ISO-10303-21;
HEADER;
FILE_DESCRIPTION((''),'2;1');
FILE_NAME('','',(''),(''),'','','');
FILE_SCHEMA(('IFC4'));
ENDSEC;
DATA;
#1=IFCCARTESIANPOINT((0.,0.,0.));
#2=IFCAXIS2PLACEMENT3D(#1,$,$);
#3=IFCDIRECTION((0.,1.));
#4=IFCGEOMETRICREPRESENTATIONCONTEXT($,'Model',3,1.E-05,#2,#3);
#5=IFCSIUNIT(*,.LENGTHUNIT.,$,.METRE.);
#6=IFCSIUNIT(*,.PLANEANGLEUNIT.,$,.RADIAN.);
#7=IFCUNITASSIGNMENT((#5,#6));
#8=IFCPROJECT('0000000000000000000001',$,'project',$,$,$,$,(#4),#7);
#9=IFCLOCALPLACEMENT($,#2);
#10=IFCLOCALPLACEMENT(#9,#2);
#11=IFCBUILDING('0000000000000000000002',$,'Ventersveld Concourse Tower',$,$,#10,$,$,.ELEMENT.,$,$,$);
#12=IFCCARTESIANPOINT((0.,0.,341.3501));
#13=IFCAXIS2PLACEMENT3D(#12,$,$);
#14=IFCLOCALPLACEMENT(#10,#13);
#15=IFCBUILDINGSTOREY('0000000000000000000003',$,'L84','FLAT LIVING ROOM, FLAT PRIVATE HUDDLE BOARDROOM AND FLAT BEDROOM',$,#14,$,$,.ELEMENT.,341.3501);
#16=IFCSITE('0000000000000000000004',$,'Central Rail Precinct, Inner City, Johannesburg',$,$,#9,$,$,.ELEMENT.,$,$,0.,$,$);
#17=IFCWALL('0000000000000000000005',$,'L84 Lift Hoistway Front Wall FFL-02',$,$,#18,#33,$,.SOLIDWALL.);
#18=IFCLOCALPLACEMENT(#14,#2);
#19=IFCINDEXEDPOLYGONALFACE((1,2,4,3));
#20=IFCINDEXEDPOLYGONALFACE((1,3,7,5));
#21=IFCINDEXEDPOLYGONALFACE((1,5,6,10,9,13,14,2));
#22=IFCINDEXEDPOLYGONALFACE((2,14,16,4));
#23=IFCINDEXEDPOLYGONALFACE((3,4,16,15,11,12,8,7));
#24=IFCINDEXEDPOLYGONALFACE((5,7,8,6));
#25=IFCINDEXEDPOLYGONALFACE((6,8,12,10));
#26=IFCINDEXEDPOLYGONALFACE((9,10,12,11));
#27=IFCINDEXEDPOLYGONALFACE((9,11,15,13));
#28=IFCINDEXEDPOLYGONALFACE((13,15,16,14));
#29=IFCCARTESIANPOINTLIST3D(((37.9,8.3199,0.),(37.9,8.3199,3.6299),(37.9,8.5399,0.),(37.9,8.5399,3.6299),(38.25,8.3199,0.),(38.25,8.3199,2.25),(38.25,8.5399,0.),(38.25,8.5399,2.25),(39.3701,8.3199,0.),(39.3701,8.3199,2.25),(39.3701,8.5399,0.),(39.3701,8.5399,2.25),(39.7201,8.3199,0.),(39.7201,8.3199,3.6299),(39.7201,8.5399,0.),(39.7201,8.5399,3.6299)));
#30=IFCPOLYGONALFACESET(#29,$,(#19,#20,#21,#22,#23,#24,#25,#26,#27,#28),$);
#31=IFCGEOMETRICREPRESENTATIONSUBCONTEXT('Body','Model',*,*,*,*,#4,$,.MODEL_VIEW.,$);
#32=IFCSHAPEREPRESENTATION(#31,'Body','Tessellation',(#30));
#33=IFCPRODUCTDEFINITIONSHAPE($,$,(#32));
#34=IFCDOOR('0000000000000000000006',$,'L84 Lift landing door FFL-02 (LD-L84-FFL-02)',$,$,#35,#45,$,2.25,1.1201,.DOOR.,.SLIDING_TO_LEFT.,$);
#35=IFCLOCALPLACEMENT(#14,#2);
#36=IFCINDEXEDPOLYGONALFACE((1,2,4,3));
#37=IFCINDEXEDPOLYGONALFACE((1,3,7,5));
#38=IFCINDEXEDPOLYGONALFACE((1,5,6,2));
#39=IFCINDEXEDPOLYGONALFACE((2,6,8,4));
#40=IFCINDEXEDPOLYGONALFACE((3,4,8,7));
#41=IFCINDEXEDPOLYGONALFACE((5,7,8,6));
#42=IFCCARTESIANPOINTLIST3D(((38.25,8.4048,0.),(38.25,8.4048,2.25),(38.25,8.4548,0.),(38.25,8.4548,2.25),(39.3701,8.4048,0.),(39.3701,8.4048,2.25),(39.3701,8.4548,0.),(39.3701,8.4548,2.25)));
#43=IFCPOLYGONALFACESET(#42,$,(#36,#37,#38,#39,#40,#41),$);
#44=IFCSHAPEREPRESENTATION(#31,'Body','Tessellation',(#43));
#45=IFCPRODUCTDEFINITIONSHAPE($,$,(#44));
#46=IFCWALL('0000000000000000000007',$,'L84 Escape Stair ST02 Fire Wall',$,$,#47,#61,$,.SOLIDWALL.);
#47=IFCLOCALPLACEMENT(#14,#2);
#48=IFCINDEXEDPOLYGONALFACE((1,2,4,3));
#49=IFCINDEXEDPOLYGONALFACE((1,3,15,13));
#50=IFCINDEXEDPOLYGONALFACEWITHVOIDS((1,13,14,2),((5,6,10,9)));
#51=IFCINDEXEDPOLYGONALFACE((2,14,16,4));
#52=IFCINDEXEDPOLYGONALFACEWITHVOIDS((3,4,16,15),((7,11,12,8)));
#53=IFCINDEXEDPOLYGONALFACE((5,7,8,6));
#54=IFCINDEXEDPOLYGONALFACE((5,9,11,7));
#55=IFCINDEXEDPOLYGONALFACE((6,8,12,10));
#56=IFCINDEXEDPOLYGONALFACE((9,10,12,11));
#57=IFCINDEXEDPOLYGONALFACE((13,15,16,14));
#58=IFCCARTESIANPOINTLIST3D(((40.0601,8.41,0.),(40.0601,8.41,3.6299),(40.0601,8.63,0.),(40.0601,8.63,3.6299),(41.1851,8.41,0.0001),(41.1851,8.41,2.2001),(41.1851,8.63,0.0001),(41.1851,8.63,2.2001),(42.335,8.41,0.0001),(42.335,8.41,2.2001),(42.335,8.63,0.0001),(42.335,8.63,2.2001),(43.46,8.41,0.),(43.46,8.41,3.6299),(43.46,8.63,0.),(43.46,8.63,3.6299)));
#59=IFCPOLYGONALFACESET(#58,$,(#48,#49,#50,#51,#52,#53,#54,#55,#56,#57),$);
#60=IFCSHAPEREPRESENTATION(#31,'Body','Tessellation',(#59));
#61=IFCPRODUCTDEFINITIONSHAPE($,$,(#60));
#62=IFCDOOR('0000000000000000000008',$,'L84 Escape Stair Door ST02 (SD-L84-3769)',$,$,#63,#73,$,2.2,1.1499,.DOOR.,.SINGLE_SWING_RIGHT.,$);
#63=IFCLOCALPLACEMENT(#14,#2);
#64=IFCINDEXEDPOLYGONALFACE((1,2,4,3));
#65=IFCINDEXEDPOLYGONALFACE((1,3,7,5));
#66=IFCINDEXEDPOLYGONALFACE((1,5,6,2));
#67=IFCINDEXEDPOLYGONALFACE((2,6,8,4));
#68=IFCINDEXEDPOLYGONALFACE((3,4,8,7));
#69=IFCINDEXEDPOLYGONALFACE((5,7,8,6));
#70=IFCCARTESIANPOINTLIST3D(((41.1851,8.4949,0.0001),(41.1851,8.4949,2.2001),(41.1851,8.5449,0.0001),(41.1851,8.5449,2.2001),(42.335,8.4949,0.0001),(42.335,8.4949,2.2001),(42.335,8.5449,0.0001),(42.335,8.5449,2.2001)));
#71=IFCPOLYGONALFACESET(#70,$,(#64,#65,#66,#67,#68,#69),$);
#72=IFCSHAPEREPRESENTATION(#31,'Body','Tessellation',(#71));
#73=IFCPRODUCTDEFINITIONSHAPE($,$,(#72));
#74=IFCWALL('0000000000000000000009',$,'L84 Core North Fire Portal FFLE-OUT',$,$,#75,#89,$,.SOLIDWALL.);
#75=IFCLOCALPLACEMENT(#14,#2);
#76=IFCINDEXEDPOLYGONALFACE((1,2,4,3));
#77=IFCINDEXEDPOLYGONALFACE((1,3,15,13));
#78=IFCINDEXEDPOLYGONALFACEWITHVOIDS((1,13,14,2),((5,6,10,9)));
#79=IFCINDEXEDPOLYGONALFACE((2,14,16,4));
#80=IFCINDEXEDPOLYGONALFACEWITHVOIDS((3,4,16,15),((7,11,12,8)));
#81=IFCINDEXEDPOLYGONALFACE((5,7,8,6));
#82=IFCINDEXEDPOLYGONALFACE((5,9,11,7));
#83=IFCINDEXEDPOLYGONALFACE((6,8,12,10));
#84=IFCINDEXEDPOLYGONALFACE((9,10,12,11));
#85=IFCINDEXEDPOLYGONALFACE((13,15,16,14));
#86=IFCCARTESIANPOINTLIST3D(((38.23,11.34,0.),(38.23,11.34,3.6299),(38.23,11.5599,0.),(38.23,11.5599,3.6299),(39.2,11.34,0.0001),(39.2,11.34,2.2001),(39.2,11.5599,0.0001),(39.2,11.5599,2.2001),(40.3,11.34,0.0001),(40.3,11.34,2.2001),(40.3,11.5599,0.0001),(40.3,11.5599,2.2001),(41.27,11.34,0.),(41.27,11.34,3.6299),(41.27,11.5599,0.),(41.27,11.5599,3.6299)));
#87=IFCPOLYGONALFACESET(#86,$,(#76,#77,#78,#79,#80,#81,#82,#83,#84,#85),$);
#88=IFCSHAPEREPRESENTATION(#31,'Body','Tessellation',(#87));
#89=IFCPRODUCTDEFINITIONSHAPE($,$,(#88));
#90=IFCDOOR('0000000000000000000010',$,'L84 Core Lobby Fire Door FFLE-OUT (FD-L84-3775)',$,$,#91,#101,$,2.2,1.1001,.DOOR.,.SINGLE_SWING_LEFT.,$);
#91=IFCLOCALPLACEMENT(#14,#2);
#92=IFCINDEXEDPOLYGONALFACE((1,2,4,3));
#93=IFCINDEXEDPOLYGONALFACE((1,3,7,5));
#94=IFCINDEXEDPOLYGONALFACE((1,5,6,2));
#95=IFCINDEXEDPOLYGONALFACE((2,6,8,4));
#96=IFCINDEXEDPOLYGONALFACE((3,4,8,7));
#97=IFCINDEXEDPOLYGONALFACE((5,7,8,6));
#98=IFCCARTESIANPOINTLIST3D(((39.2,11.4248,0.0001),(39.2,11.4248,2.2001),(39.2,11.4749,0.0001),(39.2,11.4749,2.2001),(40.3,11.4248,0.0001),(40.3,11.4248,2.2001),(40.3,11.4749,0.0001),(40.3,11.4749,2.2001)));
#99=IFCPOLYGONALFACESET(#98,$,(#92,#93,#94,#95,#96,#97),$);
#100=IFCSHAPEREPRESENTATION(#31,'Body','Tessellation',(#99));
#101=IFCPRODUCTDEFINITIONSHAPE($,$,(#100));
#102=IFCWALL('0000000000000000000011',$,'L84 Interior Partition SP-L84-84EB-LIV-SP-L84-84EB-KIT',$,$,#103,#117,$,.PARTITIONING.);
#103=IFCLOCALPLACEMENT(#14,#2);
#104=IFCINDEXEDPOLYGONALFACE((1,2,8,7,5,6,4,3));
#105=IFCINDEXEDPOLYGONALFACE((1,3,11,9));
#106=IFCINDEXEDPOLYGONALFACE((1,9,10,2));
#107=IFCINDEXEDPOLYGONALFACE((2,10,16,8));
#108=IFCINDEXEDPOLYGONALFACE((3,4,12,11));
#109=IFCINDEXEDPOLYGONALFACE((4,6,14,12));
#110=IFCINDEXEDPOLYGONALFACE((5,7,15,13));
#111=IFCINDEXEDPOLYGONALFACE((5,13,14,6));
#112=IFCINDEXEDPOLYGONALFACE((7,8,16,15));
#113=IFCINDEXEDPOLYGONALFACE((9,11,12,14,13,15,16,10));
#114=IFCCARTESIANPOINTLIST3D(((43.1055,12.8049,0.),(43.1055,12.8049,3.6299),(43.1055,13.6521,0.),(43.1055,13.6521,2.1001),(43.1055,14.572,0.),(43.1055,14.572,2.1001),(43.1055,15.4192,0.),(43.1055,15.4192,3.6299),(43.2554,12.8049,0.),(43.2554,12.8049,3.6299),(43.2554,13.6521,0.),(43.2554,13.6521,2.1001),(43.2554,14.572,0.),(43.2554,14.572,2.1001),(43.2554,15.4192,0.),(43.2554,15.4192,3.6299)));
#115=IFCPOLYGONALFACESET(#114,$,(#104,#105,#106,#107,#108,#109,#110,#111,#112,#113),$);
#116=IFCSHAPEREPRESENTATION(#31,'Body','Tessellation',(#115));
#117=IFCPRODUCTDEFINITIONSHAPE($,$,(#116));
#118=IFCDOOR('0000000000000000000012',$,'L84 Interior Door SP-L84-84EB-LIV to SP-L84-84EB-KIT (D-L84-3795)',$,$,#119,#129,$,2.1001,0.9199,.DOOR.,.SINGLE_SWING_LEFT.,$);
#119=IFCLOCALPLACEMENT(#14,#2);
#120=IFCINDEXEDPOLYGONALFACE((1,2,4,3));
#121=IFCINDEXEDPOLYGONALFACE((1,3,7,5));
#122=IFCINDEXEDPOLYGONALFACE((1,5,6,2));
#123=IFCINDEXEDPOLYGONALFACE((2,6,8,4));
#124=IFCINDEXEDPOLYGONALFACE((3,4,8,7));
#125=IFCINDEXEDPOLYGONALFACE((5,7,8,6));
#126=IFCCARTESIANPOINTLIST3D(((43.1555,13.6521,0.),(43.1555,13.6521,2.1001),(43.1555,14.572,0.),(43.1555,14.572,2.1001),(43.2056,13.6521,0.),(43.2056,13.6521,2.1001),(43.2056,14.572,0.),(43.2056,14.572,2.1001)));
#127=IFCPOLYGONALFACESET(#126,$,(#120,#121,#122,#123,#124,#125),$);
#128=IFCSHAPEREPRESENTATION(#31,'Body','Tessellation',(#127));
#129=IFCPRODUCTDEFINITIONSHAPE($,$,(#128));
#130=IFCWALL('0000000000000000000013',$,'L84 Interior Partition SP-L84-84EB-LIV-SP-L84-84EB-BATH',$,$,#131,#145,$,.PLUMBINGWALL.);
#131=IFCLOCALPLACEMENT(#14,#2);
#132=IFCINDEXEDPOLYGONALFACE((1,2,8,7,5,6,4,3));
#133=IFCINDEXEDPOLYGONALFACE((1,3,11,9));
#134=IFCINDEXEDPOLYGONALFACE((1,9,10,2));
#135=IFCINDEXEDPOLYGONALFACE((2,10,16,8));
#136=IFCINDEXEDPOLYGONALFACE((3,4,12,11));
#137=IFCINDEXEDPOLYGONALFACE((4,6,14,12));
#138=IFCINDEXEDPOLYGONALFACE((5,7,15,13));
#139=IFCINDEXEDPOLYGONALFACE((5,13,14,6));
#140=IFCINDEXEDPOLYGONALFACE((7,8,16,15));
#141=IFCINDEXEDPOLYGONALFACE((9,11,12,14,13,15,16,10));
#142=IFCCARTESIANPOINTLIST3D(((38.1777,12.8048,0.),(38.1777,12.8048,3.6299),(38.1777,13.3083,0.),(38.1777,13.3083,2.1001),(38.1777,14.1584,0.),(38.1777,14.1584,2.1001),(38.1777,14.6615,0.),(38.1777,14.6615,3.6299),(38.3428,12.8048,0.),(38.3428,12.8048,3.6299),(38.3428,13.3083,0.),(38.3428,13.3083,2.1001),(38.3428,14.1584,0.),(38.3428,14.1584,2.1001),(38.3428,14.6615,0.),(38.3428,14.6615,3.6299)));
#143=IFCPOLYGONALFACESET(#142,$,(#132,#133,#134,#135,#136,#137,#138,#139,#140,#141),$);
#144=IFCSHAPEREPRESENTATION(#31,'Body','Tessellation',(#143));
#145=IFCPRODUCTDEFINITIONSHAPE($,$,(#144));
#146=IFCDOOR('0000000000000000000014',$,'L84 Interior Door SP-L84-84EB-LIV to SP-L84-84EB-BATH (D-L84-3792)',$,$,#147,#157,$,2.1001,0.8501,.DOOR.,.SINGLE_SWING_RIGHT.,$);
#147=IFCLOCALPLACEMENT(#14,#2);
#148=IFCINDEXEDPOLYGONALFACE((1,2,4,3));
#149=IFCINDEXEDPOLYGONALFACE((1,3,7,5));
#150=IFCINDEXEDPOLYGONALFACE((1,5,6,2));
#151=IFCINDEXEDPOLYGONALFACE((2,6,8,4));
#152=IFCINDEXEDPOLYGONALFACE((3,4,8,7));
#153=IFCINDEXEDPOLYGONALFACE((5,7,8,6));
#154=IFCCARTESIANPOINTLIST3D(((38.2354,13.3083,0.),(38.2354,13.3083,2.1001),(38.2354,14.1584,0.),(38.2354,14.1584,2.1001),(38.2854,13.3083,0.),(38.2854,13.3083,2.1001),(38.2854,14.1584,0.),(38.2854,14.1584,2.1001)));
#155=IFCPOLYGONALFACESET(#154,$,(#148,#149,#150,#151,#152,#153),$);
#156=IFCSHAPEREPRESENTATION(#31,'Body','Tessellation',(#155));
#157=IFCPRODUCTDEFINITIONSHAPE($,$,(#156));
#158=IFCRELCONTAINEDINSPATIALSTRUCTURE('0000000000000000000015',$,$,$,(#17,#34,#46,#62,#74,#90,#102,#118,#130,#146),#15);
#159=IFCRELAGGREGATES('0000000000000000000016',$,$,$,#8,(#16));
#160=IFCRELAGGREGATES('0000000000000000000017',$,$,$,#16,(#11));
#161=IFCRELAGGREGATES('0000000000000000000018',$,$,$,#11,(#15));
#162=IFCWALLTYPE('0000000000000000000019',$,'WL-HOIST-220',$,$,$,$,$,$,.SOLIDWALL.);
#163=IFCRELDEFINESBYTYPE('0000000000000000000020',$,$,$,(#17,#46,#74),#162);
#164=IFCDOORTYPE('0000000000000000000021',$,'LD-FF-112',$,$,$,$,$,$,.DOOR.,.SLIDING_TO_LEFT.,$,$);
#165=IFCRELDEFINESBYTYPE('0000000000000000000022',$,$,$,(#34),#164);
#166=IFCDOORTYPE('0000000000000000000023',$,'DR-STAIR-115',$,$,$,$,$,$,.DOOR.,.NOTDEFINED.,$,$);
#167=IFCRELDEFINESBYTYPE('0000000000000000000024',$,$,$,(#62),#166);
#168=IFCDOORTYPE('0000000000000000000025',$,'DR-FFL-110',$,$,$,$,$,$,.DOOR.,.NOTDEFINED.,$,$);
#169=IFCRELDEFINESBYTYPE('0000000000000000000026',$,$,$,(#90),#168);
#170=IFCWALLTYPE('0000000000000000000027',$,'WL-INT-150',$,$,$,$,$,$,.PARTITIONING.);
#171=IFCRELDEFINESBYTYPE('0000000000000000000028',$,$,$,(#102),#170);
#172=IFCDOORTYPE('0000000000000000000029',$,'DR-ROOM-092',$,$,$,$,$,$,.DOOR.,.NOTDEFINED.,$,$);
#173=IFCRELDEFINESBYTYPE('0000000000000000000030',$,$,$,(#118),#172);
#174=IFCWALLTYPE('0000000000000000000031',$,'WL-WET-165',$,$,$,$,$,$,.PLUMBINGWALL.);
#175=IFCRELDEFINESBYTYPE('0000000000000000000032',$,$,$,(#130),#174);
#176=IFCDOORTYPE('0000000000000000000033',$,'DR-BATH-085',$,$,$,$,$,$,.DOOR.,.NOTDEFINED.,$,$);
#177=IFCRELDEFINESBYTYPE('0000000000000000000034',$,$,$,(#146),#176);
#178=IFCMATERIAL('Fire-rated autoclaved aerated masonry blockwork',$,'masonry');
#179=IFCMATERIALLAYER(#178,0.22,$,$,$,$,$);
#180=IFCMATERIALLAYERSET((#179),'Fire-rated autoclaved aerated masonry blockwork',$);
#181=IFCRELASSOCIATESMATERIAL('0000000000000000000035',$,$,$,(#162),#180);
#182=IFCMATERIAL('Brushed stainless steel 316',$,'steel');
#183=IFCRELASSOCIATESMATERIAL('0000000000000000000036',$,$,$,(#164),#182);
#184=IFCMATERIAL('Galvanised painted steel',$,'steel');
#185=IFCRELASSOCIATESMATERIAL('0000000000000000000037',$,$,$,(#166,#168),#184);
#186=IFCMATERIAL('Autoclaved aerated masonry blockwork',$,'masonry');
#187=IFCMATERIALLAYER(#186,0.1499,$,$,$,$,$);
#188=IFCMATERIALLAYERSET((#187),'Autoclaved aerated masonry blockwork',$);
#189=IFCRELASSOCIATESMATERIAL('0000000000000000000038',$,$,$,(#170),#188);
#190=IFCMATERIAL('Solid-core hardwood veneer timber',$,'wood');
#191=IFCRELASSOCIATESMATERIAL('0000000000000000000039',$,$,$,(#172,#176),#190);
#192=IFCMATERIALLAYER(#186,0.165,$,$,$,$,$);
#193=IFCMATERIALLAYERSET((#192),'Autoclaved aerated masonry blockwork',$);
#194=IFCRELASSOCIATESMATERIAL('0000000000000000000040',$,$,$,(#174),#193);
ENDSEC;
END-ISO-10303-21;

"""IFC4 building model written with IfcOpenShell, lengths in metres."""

from ifc_helpers import new_model, si_unit, direction, frame, frame_2d, origin, place, context, subcontext, project, spatial, rectangle, extrude, material, layer, layer_set, type_object, element, fill, save


model = new_model("IFC4")

# Units and contexts
model_context = context("Model", 3, precision=1e-05, world=origin(), true_north=direction((0.0, 1.0)))
body_context = subcontext(model_context, "Body", "Model", "MODEL_VIEW")
ifc_project = project(units=[si_unit("LENGTHUNIT", "METRE"), si_unit("PLANEANGLEUNIT", "RADIAN")], contexts=[model_context])

# Site, building, storey
site_placement = place(None, origin())
site = spatial("IfcSite", under=ifc_project, at=site_placement, Name="Central Rail Precinct, Inner City, Johannesburg", CompositionType="ELEMENT", RefElevation=0.0)
building_placement = place(site_placement, origin())
building = spatial("IfcBuilding", under=site, at=building_placement, Name="Ventersveld Concourse Tower", CompositionType="ELEMENT")
storey_placement = place(building_placement, frame((0.0, 0.0, 341.3501)))
storey = spatial("IfcBuildingStorey", under=building, at=storey_placement, Name="L84", Description="FLAT LIVING ROOM, FLAT PRIVATE HUDDLE BOARDROOM AND FLAT BEDROOM", CompositionType="ELEMENT", Elevation=341.3501)

# Shared definitions
ifc_material_1 = material(Name="Fire-rated autoclaved aerated masonry blockwork", Category="masonry")
ifc_material_2 = material(Name="Solid-core hardwood veneer timber", Category="wood")

# Shared definitions
ifc_layer_1 = layer(ifc_material_1, 0.22)
ifc_layer_set_1 = layer_set([ifc_layer_1], Name="Fire-rated autoclaved aerated masonry blockwork")
wall_type_1 = type_object("IfcWallType", Name="WL-HOIST-220", PredefinedType="SOLIDWALL", material=ifc_layer_set_1)

# Walls, openings, doors
wall_1_placement = place(storey_placement, frame((37.8999, 8.4299, 0.0), z_axis=(0.0, 0.0, 1.0), x_axis=(1.0, 0.0, 0.0)))
wall_1 = element("IfcWall", 1, at=wall_1_placement, inside=storey, type_object=wall_type_1, Name="L84 Lift Hoistway Front Wall FFL-02", PredefinedType="SOLIDWALL", context=body_context, shape_type="SweptSolid", body=[
    extrude(rectangle(XDim=1.8201, YDim=0.22, at=frame_2d((0.9102, 0.0))), origin(), (0.0, 0.0, 1.0), 3.6299),
])
opening_1_placement = place(wall_1_placement, frame((0.3501, 0.0, 0.0)))
opening_1 = element("IfcOpeningElement", 2, at=opening_1_placement, cuts=wall_1, PredefinedType="OPENING", context=body_context, shape_type="SweptSolid", body=[
    extrude(rectangle(XDim=1.1201, YDim=2.25, at=frame_2d((0.5601, 1.125))), frame((0.0, 0.1201, 0.0), z_axis=(0.0, -1.0, 0.0), x_axis=(1.0, 0.0, 0.0)), (0.0, 0.0, 1.0), 0.24),
])
ifc_material_3 = material(Name="Brushed stainless steel 316", Category="steel")
door_type_1 = type_object("IfcDoorType", Name="LD-FF-112", OperationType="SLIDING_TO_LEFT", PredefinedType="DOOR", material=ifc_material_3)
door_1_placement = place(opening_1_placement, origin())
door_1 = element("IfcDoor", 3, at=door_1_placement, inside=storey, type_object=door_type_1, Name="L84 Lift landing door FFL-02 (LD-L84-FFL-02)", OperationType="SLIDING_TO_LEFT", OverallHeight=2.25, OverallWidth=1.1201, PredefinedType="DOOR", context=body_context, shape_type="SweptSolid", body=[
    extrude(rectangle(XDim=1.1201, YDim=2.25, at=frame_2d((0.5601, 1.125))), frame((0.0, 0.0249, 0.0), z_axis=(0.0, -1.0, 0.0), x_axis=(1.0, 0.0, 0.0)), (0.0, 0.0, 1.0), 0.05),
])
fill(opening_1, door_1)
wall_2_placement = place(storey_placement, frame((40.0601, 8.52, 0.0), z_axis=(0.0, 0.0, 1.0), x_axis=(1.0, 0.0, 0.0)))
wall_2 = element("IfcWall", 4, at=wall_2_placement, inside=storey, type_object=wall_type_1, Name="L84 Escape Stair ST02 Fire Wall", PredefinedType="SOLIDWALL", context=body_context, shape_type="SweptSolid", body=[
    extrude(rectangle(XDim=3.3999, YDim=0.22, at=frame_2d((1.7, 0.0))), origin(), (0.0, 0.0, 1.0), 3.6299),
])
opening_2_placement = place(wall_2_placement, frame((1.125, 0.0, 0.0)))
opening_2 = element("IfcOpeningElement", 5, at=opening_2_placement, cuts=wall_2, PredefinedType="OPENING", context=body_context, shape_type="SweptSolid", body=[
    extrude(rectangle(XDim=1.1499, YDim=2.2, at=frame_2d((0.575, 1.1001))), frame((0.0, 0.1201, 0.0), z_axis=(0.0, -1.0, 0.0), x_axis=(1.0, 0.0, 0.0)), (0.0, 0.0, 1.0), 0.24),
])
ifc_material_4 = material(Name="Galvanised painted steel", Category="steel")
door_type_2 = type_object("IfcDoorType", Name="DR-STAIR-115", OperationType="NOTDEFINED", PredefinedType="DOOR", material=ifc_material_4)
door_2_placement = place(opening_2_placement, origin())
door_2 = element("IfcDoor", 6, at=door_2_placement, inside=storey, type_object=door_type_2, Name="L84 Escape Stair Door ST02 (SD-L84-3769)", OperationType="SINGLE_SWING_RIGHT", OverallHeight=2.2, OverallWidth=1.1499, PredefinedType="DOOR", context=body_context, shape_type="SweptSolid", body=[
    extrude(rectangle(XDim=1.1499, YDim=2.2, at=frame_2d((0.575, 1.1001))), frame((0.0, 0.0249, 0.0), z_axis=(0.0, -1.0, 0.0), x_axis=(1.0, 0.0, 0.0)), (0.0, 0.0, 1.0), 0.05),
])
fill(opening_2, door_2)
wall_3_placement = place(storey_placement, frame((38.23, 11.45, 0.0), z_axis=(0.0, 0.0, 1.0), x_axis=(1.0, 0.0, 0.0)))
wall_3 = element("IfcWall", 7, at=wall_3_placement, inside=storey, type_object=wall_type_1, Name="L84 Core North Fire Portal FFLE-OUT", PredefinedType="SOLIDWALL", context=body_context, shape_type="SweptSolid", body=[
    extrude(rectangle(XDim=3.04, YDim=0.22, at=frame_2d((1.52, 0.0))), origin(), (0.0, 0.0, 1.0), 3.6299),
])
opening_3_placement = place(wall_3_placement, frame((0.97, 0.0, 0.0)))
opening_3 = element("IfcOpeningElement", 8, at=opening_3_placement, cuts=wall_3, PredefinedType="OPENING", context=body_context, shape_type="SweptSolid", body=[
    extrude(rectangle(XDim=1.1001, YDim=2.2, at=frame_2d((0.55, 1.1001))), frame((0.0, 0.1201, 0.0), z_axis=(0.0, -1.0, 0.0), x_axis=(1.0, 0.0, 0.0)), (0.0, 0.0, 1.0), 0.24),
])
door_type_3 = type_object("IfcDoorType", Name="DR-FFL-110", OperationType="NOTDEFINED", PredefinedType="DOOR", material=ifc_material_4)
door_3_placement = place(opening_3_placement, origin())
door_3 = element("IfcDoor", 9, at=door_3_placement, inside=storey, type_object=door_type_3, Name="L84 Core Lobby Fire Door FFLE-OUT (FD-L84-3775)", OperationType="SINGLE_SWING_LEFT", OverallHeight=2.2, OverallWidth=1.1001, PredefinedType="DOOR", context=body_context, shape_type="SweptSolid", body=[
    extrude(rectangle(XDim=1.1001, YDim=2.2, at=frame_2d((0.55, 1.1001))), frame((0.0, 0.0249, 0.0), z_axis=(0.0, -1.0, 0.0), x_axis=(1.0, 0.0, 0.0)), (0.0, 0.0, 1.0), 0.05),
])
fill(opening_3, door_3)
ifc_material_5 = material(Name="Autoclaved aerated masonry blockwork", Category="masonry")
ifc_layer_2 = layer(ifc_material_5, 0.1499)
ifc_layer_set_2 = layer_set([ifc_layer_2], Name="Autoclaved aerated masonry blockwork")
wall_type_2 = type_object("IfcWallType", Name="WL-INT-150", PredefinedType="PARTITIONING", material=ifc_layer_set_2)
wall_4_placement = place(storey_placement, frame((43.1804, 12.8049, 0.0), z_axis=(0.0, 0.0, 1.0), x_axis=(0.0, 1.0, 0.0)))
wall_4 = element("IfcWall", 10, at=wall_4_placement, inside=storey, type_object=wall_type_2, Name="L84 Interior Partition SP-L84-84EB-LIV-SP-L84-84EB-KIT", PredefinedType="PARTITIONING", context=body_context, shape_type="SweptSolid", body=[
    extrude(rectangle(XDim=2.6143, YDim=0.1499, at=frame_2d((1.3071, 0.0))), origin(), (0.0, 0.0, 1.0), 3.6299),
])
opening_4_placement = place(wall_4_placement, frame((0.8472, 0.0, 0.0)))
opening_4 = element("IfcOpeningElement", 11, at=opening_4_placement, cuts=wall_4, PredefinedType="OPENING", context=body_context, shape_type="SweptSolid", body=[
    extrude(rectangle(XDim=0.9199, YDim=2.1001, at=frame_2d((0.46, 1.05))), frame((0.0, 0.085, 0.0), z_axis=(0.0, -1.0, 0.0), x_axis=(1.0, 0.0, 0.0)), (0.0, 0.0, 1.0), 0.1699),
])
door_type_4 = type_object("IfcDoorType", Name="DR-ROOM-092", OperationType="NOTDEFINED", PredefinedType="DOOR", material=ifc_material_2)
door_4_placement = place(opening_4_placement, origin())
door_4 = element("IfcDoor", 12, at=door_4_placement, inside=storey, type_object=door_type_4, Name="L84 Interior Door SP-L84-84EB-LIV to SP-L84-84EB-KIT (D-L84-3795)", OperationType="SINGLE_SWING_LEFT", OverallHeight=2.1001, OverallWidth=0.9199, PredefinedType="DOOR", context=body_context, shape_type="SweptSolid", body=[
    extrude(rectangle(XDim=0.9199, YDim=2.1001, at=frame_2d((0.46, 1.05))), frame((0.0, 0.0249, 0.0), z_axis=(0.0, -1.0, 0.0), x_axis=(1.0, 0.0, 0.0)), (0.0, 0.0, 1.0), 0.05),
])
fill(opening_4, door_4)
ifc_layer_3 = layer(ifc_material_5, 0.165)
ifc_layer_set_3 = layer_set([ifc_layer_3], Name="Autoclaved aerated masonry blockwork")
wall_type_3 = type_object("IfcWallType", Name="WL-WET-165", PredefinedType="PLUMBINGWALL", material=ifc_layer_set_3)
wall_5_placement = place(storey_placement, frame((38.2603, 12.8049, 0.0), z_axis=(0.0, 0.0, 1.0), x_axis=(0.0, 1.0, 0.0)))
wall_5 = element("IfcWall", 13, at=wall_5_placement, inside=storey, type_object=wall_type_3, Name="L84 Interior Partition SP-L84-84EB-LIV-SP-L84-84EB-BATH", PredefinedType="PLUMBINGWALL", context=body_context, shape_type="SweptSolid", body=[
    extrude(rectangle(XDim=1.8567, YDim=0.165, at=frame_2d((0.9282, 0.0))), origin(), (0.0, 0.0, 1.0), 3.6299),
])
opening_5_placement = place(wall_5_placement, frame((0.5034, 0.0, 0.0)))
opening_5 = element("IfcOpeningElement", 14, at=opening_5_placement, cuts=wall_5, PredefinedType="OPENING", context=body_context, shape_type="SweptSolid", body=[
    extrude(rectangle(XDim=0.8501, YDim=2.1001, at=frame_2d((0.425, 1.05))), frame((0.0, 0.0925, 0.0), z_axis=(0.0, -1.0, 0.0), x_axis=(1.0, 0.0, 0.0)), (0.0, 0.0, 1.0), 0.1851),
])
door_type_5 = type_object("IfcDoorType", Name="DR-BATH-085", OperationType="NOTDEFINED", PredefinedType="DOOR", material=ifc_material_2)
door_5_placement = place(opening_5_placement, origin())
door_5 = element("IfcDoor", 15, at=door_5_placement, inside=storey, type_object=door_type_5, Name="L84 Interior Door SP-L84-84EB-LIV to SP-L84-84EB-BATH (D-L84-3792)", OperationType="SINGLE_SWING_RIGHT", OverallHeight=2.1001, OverallWidth=0.8501, PredefinedType="DOOR", context=body_context, shape_type="SweptSolid", body=[
    extrude(rectangle(XDim=0.8501, YDim=2.1001, at=frame_2d((0.425, 1.05))), frame((0.0, 0.0249, 0.0), z_axis=(0.0, -1.0, 0.0), x_axis=(1.0, 0.0, 0.0)), (0.0, 0.0, 1.0), 0.05),
])
fill(opening_5, door_5)

save(model, "model.ifc")
